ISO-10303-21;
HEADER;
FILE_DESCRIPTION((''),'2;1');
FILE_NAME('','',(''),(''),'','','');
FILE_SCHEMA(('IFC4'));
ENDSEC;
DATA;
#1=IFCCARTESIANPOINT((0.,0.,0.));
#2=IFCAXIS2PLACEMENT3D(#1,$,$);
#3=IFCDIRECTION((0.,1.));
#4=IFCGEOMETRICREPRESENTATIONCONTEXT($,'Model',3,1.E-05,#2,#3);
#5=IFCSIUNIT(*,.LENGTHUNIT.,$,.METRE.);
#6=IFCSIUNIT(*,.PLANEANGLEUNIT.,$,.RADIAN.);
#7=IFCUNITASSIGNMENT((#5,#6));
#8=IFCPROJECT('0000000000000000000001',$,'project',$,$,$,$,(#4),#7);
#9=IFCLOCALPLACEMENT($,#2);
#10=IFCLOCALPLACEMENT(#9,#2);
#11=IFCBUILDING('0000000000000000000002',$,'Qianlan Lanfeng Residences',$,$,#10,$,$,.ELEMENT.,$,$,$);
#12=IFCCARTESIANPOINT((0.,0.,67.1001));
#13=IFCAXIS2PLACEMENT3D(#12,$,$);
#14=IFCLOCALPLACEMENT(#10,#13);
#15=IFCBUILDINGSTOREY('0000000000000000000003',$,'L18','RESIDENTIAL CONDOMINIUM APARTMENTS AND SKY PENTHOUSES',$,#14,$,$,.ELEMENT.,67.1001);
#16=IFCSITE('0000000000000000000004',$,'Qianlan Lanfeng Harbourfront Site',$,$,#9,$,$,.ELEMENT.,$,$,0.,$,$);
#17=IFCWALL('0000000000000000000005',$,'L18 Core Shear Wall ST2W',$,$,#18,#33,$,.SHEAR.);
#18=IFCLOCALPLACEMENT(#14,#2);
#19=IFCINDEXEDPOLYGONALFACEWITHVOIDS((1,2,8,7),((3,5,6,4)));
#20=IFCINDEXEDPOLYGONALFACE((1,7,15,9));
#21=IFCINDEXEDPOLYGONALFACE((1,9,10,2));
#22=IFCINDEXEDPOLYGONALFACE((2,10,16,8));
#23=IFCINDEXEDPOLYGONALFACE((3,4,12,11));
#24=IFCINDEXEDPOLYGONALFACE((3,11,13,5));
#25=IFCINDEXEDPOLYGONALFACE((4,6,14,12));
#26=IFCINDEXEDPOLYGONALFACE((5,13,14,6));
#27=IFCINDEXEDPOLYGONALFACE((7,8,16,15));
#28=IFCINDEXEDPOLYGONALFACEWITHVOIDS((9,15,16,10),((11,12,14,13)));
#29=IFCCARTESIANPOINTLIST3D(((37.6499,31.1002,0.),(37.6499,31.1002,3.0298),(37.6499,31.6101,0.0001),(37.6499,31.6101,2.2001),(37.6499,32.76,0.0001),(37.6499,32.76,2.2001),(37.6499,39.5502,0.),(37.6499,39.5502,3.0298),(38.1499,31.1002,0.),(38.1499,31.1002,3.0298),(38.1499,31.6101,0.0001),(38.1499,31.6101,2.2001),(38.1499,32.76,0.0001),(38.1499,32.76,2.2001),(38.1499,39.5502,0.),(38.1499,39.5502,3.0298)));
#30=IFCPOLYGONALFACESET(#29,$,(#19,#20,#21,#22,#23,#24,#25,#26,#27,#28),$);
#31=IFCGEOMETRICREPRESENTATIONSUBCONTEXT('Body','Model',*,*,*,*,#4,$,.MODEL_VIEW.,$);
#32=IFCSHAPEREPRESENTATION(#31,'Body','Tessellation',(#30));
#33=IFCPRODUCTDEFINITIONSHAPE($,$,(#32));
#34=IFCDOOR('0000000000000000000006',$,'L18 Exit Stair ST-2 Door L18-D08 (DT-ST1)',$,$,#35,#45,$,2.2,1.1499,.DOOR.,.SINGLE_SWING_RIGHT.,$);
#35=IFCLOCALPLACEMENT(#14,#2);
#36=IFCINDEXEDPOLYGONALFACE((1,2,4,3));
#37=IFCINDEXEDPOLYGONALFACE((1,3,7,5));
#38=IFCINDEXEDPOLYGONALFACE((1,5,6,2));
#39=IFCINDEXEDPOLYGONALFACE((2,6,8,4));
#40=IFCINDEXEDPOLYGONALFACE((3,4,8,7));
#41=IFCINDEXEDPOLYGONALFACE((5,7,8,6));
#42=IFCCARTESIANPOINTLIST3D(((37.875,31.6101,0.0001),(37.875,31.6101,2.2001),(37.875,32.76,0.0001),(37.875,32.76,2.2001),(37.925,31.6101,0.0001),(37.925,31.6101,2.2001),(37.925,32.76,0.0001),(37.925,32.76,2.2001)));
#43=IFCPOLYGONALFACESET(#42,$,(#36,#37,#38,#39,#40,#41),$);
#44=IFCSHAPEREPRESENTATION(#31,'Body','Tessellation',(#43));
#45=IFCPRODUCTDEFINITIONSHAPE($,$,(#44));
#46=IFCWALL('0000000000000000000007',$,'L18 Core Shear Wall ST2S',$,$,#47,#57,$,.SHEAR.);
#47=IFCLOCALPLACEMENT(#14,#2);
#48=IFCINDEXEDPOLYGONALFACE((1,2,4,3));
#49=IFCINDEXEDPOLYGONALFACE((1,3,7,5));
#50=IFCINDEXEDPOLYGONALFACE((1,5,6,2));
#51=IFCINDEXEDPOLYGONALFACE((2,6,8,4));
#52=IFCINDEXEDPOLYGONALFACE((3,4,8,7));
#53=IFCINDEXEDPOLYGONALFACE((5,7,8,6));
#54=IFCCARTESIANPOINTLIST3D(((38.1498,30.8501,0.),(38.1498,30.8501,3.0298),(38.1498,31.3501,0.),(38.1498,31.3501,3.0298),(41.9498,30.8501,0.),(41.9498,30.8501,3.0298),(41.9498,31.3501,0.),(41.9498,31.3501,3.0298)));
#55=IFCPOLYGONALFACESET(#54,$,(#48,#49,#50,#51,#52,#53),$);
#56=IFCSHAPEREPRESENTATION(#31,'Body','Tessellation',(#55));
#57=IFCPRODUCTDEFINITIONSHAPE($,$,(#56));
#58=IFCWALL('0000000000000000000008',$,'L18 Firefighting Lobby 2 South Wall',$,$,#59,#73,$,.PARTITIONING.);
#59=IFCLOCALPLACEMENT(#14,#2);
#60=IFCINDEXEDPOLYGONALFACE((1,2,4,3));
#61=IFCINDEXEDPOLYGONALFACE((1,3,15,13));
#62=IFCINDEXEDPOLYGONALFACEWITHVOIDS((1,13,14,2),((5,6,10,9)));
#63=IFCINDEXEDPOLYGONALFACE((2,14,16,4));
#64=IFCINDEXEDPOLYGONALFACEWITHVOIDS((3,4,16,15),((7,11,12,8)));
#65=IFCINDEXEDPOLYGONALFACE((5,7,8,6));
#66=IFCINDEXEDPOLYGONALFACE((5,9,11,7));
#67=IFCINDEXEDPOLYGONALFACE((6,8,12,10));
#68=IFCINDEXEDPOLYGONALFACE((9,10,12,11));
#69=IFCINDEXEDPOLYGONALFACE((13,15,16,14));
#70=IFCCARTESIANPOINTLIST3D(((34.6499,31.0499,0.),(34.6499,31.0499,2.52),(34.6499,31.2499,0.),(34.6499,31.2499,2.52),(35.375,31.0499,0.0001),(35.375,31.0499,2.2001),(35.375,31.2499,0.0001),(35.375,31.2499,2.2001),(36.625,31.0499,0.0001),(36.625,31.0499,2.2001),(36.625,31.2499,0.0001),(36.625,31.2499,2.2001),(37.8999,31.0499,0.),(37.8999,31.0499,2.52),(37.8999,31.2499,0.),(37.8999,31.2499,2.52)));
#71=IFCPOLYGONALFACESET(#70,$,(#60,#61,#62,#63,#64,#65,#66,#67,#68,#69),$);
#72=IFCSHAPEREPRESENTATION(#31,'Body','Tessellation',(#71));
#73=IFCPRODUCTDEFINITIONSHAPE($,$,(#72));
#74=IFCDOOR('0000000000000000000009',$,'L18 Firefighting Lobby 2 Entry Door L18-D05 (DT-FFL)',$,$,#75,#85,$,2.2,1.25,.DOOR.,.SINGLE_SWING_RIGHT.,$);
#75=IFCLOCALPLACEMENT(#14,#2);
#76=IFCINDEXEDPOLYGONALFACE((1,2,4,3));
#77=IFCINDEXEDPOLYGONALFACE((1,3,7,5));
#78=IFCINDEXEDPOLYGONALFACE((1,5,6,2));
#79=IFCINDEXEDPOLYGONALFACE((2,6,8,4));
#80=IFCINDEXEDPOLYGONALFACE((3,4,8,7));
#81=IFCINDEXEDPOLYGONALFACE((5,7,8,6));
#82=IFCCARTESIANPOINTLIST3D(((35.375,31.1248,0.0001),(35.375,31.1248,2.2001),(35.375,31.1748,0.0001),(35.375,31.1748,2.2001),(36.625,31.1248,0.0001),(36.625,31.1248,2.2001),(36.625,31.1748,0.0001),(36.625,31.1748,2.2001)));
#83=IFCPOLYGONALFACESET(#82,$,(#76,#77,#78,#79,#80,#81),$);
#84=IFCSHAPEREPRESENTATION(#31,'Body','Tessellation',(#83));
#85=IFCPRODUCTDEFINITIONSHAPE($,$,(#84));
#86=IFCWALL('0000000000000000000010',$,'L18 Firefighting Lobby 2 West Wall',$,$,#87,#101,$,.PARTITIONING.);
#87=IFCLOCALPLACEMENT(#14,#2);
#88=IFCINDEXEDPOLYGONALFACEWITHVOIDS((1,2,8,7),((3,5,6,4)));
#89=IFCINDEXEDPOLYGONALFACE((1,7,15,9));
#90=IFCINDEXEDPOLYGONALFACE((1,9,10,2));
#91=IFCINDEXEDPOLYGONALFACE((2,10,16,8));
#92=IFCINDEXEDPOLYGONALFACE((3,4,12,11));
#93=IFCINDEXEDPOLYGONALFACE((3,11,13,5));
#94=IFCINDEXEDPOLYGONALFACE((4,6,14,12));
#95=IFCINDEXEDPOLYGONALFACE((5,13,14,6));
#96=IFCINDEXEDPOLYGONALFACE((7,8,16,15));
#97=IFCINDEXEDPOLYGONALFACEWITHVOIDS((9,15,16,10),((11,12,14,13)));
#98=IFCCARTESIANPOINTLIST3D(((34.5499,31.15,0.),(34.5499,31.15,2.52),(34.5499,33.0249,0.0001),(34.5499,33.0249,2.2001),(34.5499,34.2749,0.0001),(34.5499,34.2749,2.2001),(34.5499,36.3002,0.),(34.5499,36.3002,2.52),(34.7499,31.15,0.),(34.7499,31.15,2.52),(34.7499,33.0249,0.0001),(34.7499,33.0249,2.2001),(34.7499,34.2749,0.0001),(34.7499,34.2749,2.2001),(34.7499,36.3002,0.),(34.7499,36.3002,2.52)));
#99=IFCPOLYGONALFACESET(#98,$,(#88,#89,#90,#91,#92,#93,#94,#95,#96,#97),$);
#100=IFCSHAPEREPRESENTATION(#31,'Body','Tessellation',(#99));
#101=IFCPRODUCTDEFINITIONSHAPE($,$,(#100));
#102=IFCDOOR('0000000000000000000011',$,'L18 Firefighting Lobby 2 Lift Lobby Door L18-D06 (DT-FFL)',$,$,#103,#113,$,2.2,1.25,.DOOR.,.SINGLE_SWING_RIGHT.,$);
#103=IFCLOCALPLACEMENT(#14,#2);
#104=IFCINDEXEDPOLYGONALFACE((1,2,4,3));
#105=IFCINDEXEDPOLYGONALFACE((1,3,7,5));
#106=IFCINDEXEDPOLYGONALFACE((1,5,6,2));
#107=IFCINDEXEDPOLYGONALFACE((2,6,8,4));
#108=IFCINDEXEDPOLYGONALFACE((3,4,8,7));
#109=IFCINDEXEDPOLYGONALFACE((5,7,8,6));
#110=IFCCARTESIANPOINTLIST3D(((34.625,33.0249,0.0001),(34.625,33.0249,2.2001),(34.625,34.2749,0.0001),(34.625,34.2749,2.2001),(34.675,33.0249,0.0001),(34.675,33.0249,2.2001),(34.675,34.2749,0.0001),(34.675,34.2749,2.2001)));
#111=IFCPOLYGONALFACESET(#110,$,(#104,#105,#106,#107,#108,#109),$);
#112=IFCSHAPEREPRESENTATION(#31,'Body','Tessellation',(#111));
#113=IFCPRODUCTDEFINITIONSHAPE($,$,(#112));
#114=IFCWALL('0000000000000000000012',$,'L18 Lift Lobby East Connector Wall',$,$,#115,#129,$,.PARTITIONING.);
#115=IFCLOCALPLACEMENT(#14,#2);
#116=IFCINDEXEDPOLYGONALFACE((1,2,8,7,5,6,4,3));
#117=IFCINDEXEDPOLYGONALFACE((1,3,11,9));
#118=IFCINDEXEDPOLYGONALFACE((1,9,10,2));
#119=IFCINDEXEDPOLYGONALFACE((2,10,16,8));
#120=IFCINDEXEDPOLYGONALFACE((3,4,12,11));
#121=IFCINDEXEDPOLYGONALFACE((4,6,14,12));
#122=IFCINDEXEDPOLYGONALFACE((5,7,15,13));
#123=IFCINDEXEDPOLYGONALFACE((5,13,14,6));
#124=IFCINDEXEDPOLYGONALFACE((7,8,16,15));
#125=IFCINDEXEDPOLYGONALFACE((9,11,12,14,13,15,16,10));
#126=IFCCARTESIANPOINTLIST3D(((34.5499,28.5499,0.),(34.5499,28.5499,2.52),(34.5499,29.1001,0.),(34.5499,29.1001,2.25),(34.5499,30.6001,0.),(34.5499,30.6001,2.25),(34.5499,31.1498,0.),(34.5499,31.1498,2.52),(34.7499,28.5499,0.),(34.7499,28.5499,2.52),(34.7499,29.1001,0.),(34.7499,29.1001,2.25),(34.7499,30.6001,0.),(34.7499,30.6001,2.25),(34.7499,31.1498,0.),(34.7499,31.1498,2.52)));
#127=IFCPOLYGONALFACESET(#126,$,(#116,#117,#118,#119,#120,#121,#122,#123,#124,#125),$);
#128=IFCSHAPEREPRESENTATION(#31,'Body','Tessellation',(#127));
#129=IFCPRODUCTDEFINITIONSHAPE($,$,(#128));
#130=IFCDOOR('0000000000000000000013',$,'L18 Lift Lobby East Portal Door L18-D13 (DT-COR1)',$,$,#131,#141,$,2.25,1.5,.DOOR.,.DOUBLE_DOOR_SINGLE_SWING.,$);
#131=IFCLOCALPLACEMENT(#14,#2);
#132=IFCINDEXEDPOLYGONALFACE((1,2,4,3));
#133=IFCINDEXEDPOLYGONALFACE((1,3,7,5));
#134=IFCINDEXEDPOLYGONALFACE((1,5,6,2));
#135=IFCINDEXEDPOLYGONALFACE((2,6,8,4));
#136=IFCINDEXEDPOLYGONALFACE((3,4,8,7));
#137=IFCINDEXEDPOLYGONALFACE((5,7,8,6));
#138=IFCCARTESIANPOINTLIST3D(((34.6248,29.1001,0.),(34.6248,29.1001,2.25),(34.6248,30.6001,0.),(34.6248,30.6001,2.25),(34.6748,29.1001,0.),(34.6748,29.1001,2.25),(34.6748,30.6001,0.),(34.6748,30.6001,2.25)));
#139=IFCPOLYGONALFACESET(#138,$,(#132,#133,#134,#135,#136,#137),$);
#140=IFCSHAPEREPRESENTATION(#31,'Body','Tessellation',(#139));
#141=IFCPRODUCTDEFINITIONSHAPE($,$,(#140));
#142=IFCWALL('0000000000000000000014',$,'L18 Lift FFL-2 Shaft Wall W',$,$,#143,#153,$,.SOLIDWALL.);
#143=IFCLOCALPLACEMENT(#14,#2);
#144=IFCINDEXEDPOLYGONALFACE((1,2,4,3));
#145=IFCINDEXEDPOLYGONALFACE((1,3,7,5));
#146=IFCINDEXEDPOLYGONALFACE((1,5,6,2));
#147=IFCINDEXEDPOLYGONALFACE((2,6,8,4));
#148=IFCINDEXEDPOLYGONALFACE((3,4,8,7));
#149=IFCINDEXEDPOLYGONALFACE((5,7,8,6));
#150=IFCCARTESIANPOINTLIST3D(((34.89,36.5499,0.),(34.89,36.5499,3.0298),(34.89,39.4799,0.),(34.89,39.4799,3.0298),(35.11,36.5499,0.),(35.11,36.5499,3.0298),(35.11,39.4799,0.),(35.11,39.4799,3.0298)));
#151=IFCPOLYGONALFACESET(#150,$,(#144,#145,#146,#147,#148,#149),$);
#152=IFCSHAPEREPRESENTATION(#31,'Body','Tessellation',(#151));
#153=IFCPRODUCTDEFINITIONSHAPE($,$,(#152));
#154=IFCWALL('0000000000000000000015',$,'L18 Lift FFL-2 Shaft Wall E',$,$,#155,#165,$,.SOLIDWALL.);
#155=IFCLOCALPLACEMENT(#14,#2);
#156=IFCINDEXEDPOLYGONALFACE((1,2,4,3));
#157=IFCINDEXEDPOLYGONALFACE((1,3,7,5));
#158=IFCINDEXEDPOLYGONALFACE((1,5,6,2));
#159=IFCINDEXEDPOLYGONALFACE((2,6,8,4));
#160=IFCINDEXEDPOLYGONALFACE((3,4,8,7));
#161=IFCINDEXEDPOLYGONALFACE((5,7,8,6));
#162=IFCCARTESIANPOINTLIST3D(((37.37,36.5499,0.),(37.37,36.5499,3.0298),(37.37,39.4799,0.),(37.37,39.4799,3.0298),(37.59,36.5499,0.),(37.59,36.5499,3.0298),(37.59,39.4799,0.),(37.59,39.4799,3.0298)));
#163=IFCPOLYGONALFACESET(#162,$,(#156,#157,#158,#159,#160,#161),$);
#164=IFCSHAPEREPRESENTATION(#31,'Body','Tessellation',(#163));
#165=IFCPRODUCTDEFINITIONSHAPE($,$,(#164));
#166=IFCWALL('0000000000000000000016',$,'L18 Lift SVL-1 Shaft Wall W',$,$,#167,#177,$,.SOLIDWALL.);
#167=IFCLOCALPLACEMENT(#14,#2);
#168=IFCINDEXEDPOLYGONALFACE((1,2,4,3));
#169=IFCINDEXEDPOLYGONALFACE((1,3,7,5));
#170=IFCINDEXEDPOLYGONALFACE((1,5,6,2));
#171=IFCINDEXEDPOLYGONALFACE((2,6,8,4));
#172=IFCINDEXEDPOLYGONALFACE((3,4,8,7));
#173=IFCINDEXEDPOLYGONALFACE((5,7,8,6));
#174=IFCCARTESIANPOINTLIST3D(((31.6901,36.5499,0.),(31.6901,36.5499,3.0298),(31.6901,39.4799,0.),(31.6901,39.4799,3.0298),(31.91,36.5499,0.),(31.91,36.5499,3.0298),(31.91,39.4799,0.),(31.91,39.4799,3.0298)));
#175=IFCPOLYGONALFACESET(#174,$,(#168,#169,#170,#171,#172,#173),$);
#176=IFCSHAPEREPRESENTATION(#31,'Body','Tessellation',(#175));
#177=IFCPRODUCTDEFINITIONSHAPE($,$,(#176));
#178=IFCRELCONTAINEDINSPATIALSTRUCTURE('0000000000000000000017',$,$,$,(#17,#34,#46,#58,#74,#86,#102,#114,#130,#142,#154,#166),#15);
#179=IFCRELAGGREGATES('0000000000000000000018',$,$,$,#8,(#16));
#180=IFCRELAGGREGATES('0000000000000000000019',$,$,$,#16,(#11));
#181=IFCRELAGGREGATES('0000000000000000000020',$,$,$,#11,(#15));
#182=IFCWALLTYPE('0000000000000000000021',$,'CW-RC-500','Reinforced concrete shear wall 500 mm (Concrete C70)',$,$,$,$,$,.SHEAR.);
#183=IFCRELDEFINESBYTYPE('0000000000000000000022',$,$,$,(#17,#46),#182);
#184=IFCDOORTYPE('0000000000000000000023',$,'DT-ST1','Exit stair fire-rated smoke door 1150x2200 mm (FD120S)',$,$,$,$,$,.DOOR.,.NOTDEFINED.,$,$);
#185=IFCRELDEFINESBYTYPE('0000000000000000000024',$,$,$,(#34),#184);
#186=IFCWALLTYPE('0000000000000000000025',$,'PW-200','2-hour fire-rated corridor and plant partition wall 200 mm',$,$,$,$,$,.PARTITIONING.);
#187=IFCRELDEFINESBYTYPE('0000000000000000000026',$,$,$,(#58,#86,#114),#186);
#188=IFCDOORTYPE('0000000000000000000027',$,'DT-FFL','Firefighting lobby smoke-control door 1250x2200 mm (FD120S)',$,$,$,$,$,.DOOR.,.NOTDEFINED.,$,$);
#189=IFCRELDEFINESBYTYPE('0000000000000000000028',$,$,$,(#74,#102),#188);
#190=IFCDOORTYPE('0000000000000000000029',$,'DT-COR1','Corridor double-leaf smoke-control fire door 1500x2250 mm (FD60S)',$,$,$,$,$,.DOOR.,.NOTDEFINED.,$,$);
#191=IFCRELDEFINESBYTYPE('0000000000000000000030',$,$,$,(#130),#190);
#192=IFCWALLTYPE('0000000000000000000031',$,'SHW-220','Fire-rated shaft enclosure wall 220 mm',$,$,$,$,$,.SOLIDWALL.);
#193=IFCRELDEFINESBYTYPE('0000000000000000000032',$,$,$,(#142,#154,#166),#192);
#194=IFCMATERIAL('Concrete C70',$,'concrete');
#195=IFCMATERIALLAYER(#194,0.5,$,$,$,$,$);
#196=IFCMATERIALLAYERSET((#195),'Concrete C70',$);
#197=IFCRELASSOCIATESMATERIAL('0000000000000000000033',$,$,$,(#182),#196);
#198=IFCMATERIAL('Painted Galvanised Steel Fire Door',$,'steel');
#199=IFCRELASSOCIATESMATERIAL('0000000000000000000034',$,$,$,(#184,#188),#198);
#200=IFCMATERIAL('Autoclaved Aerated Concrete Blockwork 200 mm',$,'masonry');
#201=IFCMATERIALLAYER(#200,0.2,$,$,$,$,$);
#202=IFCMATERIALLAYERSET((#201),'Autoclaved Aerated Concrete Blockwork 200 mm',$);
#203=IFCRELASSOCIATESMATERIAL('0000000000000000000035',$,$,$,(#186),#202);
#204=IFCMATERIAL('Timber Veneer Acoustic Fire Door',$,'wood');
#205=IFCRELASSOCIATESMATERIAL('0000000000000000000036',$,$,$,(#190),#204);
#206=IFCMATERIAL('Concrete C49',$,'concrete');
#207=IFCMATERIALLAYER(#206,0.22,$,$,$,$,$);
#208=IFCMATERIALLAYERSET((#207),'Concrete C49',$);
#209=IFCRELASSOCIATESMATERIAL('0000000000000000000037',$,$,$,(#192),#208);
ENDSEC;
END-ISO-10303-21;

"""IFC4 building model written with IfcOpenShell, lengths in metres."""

from ifc_helpers import new_model, si_unit, direction, frame, frame_2d, origin, place, context, subcontext, project, spatial, rectangle, extrude, material, layer, layer_set, type_object, element, fill, save


model = new_model("IFC4")

# Units and contexts
model_context = context("Model", 3, precision=1e-05, world=origin(), true_north=direction((0.0, 1.0)))
body_context = subcontext(model_context, "Body", "Model", "MODEL_VIEW")
ifc_project = project(units=[si_unit("LENGTHUNIT", "METRE"), si_unit("PLANEANGLEUNIT", "RADIAN")], contexts=[model_context])

# Site, building, storey
site_placement = place(None, origin())
site = spatial("IfcSite", under=ifc_project, at=site_placement, Name="Qianlan Lanfeng Harbourfront Site", CompositionType="ELEMENT", RefElevation=0.0)
building_placement = place(site_placement, origin())
building = spatial("IfcBuilding", under=site, at=building_placement, Name="Qianlan Lanfeng Residences", CompositionType="ELEMENT")
storey_placement = place(building_placement, frame((0.0, 0.0, 67.1001)))
storey = spatial("IfcBuildingStorey", under=building, at=storey_placement, Name="L18", Description="RESIDENTIAL CONDOMINIUM APARTMENTS AND SKY PENTHOUSES", CompositionType="ELEMENT", Elevation=67.1001)

# Wall, opening, door
ifc_material_1 = material(Name="Concrete C70", Category="concrete")
ifc_layer_1 = layer(ifc_material_1, 0.5)
ifc_layer_set_1 = layer_set([ifc_layer_1], Name="Concrete C70")
wall_type_1 = type_object("IfcWallType", Name="CW-RC-500", Description="Reinforced concrete shear wall 500 mm (Concrete C70)", PredefinedType="SHEAR", material=ifc_layer_set_1)
wall_1_placement = place(storey_placement, frame((37.8999, 31.1001, 0.0), z_axis=(0.0, 0.0, 1.0), x_axis=(0.0, 1.0, 0.0)))
wall_1 = element("IfcWall", 1, at=wall_1_placement, inside=storey, type_object=wall_type_1, Name="L18 Core Shear Wall ST2W", PredefinedType="SHEAR", context=body_context, shape_type="SweptSolid", body=[
    extrude(rectangle(XDim=8.45, YDim=0.5, at=frame_2d((4.2251, 0.0))), origin(), (0.0, 0.0, 1.0), 3.0298),
])
opening_1_placement = place(wall_1_placement, frame((0.51, 0.0, 0.0)))
opening_1 = element("IfcOpeningElement", 2, at=opening_1_placement, cuts=wall_1, PredefinedType="OPENING", context=body_context, shape_type="SweptSolid", body=[
    extrude(rectangle(XDim=1.1499, YDim=2.2, at=frame_2d((0.575, 1.1001))), frame((0.0, 0.26, 0.0), z_axis=(0.0, -1.0, 0.0), x_axis=(1.0, 0.0, 0.0)), (0.0, 0.0, 1.0), 0.52),
])
ifc_material_2 = material(Name="Painted Galvanised Steel Fire Door", Category="steel")
door_type_1 = type_object("IfcDoorType", Name="DT-ST1", Description="Exit stair fire-rated smoke door 1150x2200 mm (FD120S)", OperationType="NOTDEFINED", PredefinedType="DOOR", material=ifc_material_2)
door_1_placement = place(opening_1_placement, origin())
door_1 = element("IfcDoor", 3, at=door_1_placement, inside=storey, type_object=door_type_1, Name="L18 Exit Stair ST-2 Door L18-D08 (DT-ST1)", OperationType="SINGLE_SWING_RIGHT", OverallHeight=2.2, OverallWidth=1.1499, PredefinedType="DOOR", context=body_context, shape_type="SweptSolid", body=[
    extrude(rectangle(XDim=1.1499, YDim=2.2, at=frame_2d((0.575, 1.1001))), frame((0.0, 0.0249, 0.0), z_axis=(0.0, -1.0, 0.0), x_axis=(1.0, 0.0, 0.0)), (0.0, 0.0, 1.0), 0.05),
])
fill(opening_1, door_1)

# Wall
wall_2_placement = place(storey_placement, frame((38.1499, 31.1001, 0.0), z_axis=(0.0, 0.0, 1.0), x_axis=(1.0, 0.0, 0.0)))
element("IfcWall", 4, at=wall_2_placement, inside=storey, type_object=wall_type_1, Name="L18 Core Shear Wall ST2S", PredefinedType="SHEAR", context=body_context, shape_type="SweptSolid", body=[
    extrude(rectangle(XDim=3.8, YDim=0.5, at=frame_2d((1.8999, 0.0))), origin(), (0.0, 0.0, 1.0), 3.0298),
])

# Walls, openings, doors
ifc_material_3 = material(Name="Autoclaved Aerated Concrete Blockwork 200 mm", Category="masonry")
ifc_layer_2 = layer(ifc_material_3, 0.2)
ifc_layer_set_2 = layer_set([ifc_layer_2], Name="Autoclaved Aerated Concrete Blockwork 200 mm")
wall_type_2 = type_object("IfcWallType", Name="PW-200", Description="2-hour fire-rated corridor and plant partition wall 200 mm", PredefinedType="PARTITIONING", material=ifc_layer_set_2)
wall_3_placement = place(storey_placement, frame((34.6499, 31.1499, 0.0), z_axis=(0.0, 0.0, 1.0), x_axis=(1.0, 0.0, 0.0)))
wall_3 = element("IfcWall", 5, at=wall_3_placement, inside=storey, type_object=wall_type_2, Name="L18 Firefighting Lobby 2 South Wall", PredefinedType="PARTITIONING", context=body_context, shape_type="SweptSolid", body=[
    extrude(rectangle(XDim=3.25, YDim=0.2, at=frame_2d((1.625, 0.0))), origin(), (0.0, 0.0, 1.0), 2.52),
])
opening_2_placement = place(wall_3_placement, frame((0.7251, 0.0, 0.0)))
opening_2 = element("IfcOpeningElement", 6, at=opening_2_placement, cuts=wall_3, PredefinedType="OPENING", context=body_context, shape_type="SweptSolid", body=[
    extrude(rectangle(XDim=1.25, YDim=2.2, at=frame_2d((0.625, 1.1001))), frame((0.0, 0.1099, 0.0), z_axis=(0.0, -1.0, 0.0), x_axis=(1.0, 0.0, 0.0)), (0.0, 0.0, 1.0), 0.22),
])
door_type_2 = type_object("IfcDoorType", Name="DT-FFL", Description="Firefighting lobby smoke-control door 1250x2200 mm (FD120S)", OperationType="NOTDEFINED", PredefinedType="DOOR", material=ifc_material_2)
door_2_placement = place(opening_2_placement, origin())
door_2 = element("IfcDoor", 7, at=door_2_placement, inside=storey, type_object=door_type_2, Name="L18 Firefighting Lobby 2 Entry Door L18-D05 (DT-FFL)", OperationType="SINGLE_SWING_RIGHT", OverallHeight=2.2, OverallWidth=1.25, PredefinedType="DOOR", context=body_context, shape_type="SweptSolid", body=[
    extrude(rectangle(XDim=1.25, YDim=2.2, at=frame_2d((0.625, 1.1001))), frame((0.0, 0.0249, 0.0), z_axis=(0.0, -1.0, 0.0), x_axis=(1.0, 0.0, 0.0)), (0.0, 0.0, 1.0), 0.05),
])
fill(opening_2, door_2)
wall_4_placement = place(storey_placement, frame((34.6499, 31.1499, 0.0), z_axis=(0.0, 0.0, 1.0), x_axis=(0.0, 1.0, 0.0)))
wall_4 = element("IfcWall", 8, at=wall_4_placement, inside=storey, type_object=wall_type_2, Name="L18 Firefighting Lobby 2 West Wall", PredefinedType="PARTITIONING", context=body_context, shape_type="SweptSolid", body=[
    extrude(rectangle(XDim=5.1501, YDim=0.2, at=frame_2d((2.5752, 0.0))), origin(), (0.0, 0.0, 1.0), 2.52),
])
opening_3_placement = place(wall_4_placement, frame((1.875, 0.0, 0.0)))
opening_3 = element("IfcOpeningElement", 9, at=opening_3_placement, cuts=wall_4, PredefinedType="OPENING", context=body_context, shape_type="SweptSolid", body=[
    extrude(rectangle(XDim=1.25, YDim=2.2, at=frame_2d((0.625, 1.1001))), frame((0.0, 0.1099, 0.0), z_axis=(0.0, -1.0, 0.0), x_axis=(1.0, 0.0, 0.0)), (0.0, 0.0, 1.0), 0.22),
])
door_3_placement = place(opening_3_placement, origin())
door_3 = element("IfcDoor", 10, at=door_3_placement, inside=storey, type_object=door_type_2, Name="L18 Firefighting Lobby 2 Lift Lobby Door L18-D06 (DT-FFL)", OperationType="SINGLE_SWING_RIGHT", OverallHeight=2.2, OverallWidth=1.25, PredefinedType="DOOR", context=body_context, shape_type="SweptSolid", body=[
    extrude(rectangle(XDim=1.25, YDim=2.2, at=frame_2d((0.625, 1.1001))), frame((0.0, 0.0249, 0.0), z_axis=(0.0, -1.0, 0.0), x_axis=(1.0, 0.0, 0.0)), (0.0, 0.0, 1.0), 0.05),
])
fill(opening_3, door_3)
wall_5_placement = place(storey_placement, frame((34.6499, 28.55, 0.0), z_axis=(0.0, 0.0, 1.0), x_axis=(0.0, 1.0, 0.0)))
wall_5 = element("IfcWall", 11, at=wall_5_placement, inside=storey, type_object=wall_type_2, Name="L18 Lift Lobby East Connector Wall", PredefinedType="PARTITIONING", context=body_context, shape_type="SweptSolid", body=[
    extrude(rectangle(XDim=2.5999, YDim=0.2, at=frame_2d((1.2998, 0.0))), origin(), (0.0, 0.0, 1.0), 2.52),
])
opening_4_placement = place(wall_5_placement, frame((0.55, 0.0, 0.0)))
opening_4 = element("IfcOpeningElement", 12, at=opening_4_placement, cuts=wall_5, PredefinedType="OPENING", context=body_context, shape_type="SweptSolid", body=[
    extrude(rectangle(XDim=1.5, YDim=2.25, at=frame_2d((0.75, 1.125))), frame((0.0, 0.1099, 0.0), z_axis=(0.0, -1.0, 0.0), x_axis=(1.0, 0.0, 0.0)), (0.0, 0.0, 1.0), 0.22),
])
ifc_material_4 = material(Name="Timber Veneer Acoustic Fire Door", Category="wood")
door_type_3 = type_object("IfcDoorType", Name="DT-COR1", Description="Corridor double-leaf smoke-control fire door 1500x2250 mm (FD60S)", OperationType="NOTDEFINED", PredefinedType="DOOR", material=ifc_material_4)
door_4_placement = place(opening_4_placement, frame((1.5, 0.0, 0.0), z_axis=(0.0, 0.0, 1.0), x_axis=(-1.0, 0.0, 0.0)))
door_4 = element("IfcDoor", 13, at=door_4_placement, inside=storey, type_object=door_type_3, Name="L18 Lift Lobby East Portal Door L18-D13 (DT-COR1)", OperationType="DOUBLE_DOOR_SINGLE_SWING", OverallHeight=2.25, OverallWidth=1.5, PredefinedType="DOOR", context=body_context, shape_type="SweptSolid", body=[
    extrude(rectangle(XDim=1.5, YDim=2.25, at=frame_2d((0.75, 1.125))), frame((0.0, 0.0249, 0.0), z_axis=(0.0, -1.0, 0.0), x_axis=(1.0, 0.0, 0.0)), (0.0, 0.0, 1.0), 0.05),
])
fill(opening_4, door_4)

# Walls
ifc_material_5 = material(Name="Concrete C49", Category="concrete")
ifc_layer_3 = layer(ifc_material_5, 0.22)
ifc_layer_set_3 = layer_set([ifc_layer_3], Name="Concrete C49")
wall_type_3 = type_object("IfcWallType", Name="SHW-220", Description="Fire-rated shaft enclosure wall 220 mm", PredefinedType="SOLIDWALL", material=ifc_layer_set_3)
for number, where, z_axis, x_axis, name in (
    (14, (35.0, 36.55, 0.0), (0.0, 0.0, 1.0), (0.0, 1.0, 0.0), "L18 Lift FFL-2 Shaft Wall W"),
    (15, (37.48, 36.55, 0.0), (0.0, 0.0, 1.0), (0.0, 1.0, 0.0), "L18 Lift FFL-2 Shaft Wall E"),
    (16, (31.8, 36.55, 0.0), (0.0, 0.0, 1.0), (0.0, 1.0, 0.0), "L18 Lift SVL-1 Shaft Wall W"),
):
    element("IfcWall", number, at=place(storey_placement, frame(where, z_axis=z_axis, x_axis=x_axis)), inside=storey, type_object=wall_type_3, Name=name, PredefinedType="SOLIDWALL", context=body_context, shape_type="SweptSolid", body=[
        extrude(rectangle(XDim=2.9299, YDim=0.22, at=frame_2d((1.4648, 0.0))), origin(), (0.0, 0.0, 1.0), 3.0298),
    ])

save(model, "model.ifc")
